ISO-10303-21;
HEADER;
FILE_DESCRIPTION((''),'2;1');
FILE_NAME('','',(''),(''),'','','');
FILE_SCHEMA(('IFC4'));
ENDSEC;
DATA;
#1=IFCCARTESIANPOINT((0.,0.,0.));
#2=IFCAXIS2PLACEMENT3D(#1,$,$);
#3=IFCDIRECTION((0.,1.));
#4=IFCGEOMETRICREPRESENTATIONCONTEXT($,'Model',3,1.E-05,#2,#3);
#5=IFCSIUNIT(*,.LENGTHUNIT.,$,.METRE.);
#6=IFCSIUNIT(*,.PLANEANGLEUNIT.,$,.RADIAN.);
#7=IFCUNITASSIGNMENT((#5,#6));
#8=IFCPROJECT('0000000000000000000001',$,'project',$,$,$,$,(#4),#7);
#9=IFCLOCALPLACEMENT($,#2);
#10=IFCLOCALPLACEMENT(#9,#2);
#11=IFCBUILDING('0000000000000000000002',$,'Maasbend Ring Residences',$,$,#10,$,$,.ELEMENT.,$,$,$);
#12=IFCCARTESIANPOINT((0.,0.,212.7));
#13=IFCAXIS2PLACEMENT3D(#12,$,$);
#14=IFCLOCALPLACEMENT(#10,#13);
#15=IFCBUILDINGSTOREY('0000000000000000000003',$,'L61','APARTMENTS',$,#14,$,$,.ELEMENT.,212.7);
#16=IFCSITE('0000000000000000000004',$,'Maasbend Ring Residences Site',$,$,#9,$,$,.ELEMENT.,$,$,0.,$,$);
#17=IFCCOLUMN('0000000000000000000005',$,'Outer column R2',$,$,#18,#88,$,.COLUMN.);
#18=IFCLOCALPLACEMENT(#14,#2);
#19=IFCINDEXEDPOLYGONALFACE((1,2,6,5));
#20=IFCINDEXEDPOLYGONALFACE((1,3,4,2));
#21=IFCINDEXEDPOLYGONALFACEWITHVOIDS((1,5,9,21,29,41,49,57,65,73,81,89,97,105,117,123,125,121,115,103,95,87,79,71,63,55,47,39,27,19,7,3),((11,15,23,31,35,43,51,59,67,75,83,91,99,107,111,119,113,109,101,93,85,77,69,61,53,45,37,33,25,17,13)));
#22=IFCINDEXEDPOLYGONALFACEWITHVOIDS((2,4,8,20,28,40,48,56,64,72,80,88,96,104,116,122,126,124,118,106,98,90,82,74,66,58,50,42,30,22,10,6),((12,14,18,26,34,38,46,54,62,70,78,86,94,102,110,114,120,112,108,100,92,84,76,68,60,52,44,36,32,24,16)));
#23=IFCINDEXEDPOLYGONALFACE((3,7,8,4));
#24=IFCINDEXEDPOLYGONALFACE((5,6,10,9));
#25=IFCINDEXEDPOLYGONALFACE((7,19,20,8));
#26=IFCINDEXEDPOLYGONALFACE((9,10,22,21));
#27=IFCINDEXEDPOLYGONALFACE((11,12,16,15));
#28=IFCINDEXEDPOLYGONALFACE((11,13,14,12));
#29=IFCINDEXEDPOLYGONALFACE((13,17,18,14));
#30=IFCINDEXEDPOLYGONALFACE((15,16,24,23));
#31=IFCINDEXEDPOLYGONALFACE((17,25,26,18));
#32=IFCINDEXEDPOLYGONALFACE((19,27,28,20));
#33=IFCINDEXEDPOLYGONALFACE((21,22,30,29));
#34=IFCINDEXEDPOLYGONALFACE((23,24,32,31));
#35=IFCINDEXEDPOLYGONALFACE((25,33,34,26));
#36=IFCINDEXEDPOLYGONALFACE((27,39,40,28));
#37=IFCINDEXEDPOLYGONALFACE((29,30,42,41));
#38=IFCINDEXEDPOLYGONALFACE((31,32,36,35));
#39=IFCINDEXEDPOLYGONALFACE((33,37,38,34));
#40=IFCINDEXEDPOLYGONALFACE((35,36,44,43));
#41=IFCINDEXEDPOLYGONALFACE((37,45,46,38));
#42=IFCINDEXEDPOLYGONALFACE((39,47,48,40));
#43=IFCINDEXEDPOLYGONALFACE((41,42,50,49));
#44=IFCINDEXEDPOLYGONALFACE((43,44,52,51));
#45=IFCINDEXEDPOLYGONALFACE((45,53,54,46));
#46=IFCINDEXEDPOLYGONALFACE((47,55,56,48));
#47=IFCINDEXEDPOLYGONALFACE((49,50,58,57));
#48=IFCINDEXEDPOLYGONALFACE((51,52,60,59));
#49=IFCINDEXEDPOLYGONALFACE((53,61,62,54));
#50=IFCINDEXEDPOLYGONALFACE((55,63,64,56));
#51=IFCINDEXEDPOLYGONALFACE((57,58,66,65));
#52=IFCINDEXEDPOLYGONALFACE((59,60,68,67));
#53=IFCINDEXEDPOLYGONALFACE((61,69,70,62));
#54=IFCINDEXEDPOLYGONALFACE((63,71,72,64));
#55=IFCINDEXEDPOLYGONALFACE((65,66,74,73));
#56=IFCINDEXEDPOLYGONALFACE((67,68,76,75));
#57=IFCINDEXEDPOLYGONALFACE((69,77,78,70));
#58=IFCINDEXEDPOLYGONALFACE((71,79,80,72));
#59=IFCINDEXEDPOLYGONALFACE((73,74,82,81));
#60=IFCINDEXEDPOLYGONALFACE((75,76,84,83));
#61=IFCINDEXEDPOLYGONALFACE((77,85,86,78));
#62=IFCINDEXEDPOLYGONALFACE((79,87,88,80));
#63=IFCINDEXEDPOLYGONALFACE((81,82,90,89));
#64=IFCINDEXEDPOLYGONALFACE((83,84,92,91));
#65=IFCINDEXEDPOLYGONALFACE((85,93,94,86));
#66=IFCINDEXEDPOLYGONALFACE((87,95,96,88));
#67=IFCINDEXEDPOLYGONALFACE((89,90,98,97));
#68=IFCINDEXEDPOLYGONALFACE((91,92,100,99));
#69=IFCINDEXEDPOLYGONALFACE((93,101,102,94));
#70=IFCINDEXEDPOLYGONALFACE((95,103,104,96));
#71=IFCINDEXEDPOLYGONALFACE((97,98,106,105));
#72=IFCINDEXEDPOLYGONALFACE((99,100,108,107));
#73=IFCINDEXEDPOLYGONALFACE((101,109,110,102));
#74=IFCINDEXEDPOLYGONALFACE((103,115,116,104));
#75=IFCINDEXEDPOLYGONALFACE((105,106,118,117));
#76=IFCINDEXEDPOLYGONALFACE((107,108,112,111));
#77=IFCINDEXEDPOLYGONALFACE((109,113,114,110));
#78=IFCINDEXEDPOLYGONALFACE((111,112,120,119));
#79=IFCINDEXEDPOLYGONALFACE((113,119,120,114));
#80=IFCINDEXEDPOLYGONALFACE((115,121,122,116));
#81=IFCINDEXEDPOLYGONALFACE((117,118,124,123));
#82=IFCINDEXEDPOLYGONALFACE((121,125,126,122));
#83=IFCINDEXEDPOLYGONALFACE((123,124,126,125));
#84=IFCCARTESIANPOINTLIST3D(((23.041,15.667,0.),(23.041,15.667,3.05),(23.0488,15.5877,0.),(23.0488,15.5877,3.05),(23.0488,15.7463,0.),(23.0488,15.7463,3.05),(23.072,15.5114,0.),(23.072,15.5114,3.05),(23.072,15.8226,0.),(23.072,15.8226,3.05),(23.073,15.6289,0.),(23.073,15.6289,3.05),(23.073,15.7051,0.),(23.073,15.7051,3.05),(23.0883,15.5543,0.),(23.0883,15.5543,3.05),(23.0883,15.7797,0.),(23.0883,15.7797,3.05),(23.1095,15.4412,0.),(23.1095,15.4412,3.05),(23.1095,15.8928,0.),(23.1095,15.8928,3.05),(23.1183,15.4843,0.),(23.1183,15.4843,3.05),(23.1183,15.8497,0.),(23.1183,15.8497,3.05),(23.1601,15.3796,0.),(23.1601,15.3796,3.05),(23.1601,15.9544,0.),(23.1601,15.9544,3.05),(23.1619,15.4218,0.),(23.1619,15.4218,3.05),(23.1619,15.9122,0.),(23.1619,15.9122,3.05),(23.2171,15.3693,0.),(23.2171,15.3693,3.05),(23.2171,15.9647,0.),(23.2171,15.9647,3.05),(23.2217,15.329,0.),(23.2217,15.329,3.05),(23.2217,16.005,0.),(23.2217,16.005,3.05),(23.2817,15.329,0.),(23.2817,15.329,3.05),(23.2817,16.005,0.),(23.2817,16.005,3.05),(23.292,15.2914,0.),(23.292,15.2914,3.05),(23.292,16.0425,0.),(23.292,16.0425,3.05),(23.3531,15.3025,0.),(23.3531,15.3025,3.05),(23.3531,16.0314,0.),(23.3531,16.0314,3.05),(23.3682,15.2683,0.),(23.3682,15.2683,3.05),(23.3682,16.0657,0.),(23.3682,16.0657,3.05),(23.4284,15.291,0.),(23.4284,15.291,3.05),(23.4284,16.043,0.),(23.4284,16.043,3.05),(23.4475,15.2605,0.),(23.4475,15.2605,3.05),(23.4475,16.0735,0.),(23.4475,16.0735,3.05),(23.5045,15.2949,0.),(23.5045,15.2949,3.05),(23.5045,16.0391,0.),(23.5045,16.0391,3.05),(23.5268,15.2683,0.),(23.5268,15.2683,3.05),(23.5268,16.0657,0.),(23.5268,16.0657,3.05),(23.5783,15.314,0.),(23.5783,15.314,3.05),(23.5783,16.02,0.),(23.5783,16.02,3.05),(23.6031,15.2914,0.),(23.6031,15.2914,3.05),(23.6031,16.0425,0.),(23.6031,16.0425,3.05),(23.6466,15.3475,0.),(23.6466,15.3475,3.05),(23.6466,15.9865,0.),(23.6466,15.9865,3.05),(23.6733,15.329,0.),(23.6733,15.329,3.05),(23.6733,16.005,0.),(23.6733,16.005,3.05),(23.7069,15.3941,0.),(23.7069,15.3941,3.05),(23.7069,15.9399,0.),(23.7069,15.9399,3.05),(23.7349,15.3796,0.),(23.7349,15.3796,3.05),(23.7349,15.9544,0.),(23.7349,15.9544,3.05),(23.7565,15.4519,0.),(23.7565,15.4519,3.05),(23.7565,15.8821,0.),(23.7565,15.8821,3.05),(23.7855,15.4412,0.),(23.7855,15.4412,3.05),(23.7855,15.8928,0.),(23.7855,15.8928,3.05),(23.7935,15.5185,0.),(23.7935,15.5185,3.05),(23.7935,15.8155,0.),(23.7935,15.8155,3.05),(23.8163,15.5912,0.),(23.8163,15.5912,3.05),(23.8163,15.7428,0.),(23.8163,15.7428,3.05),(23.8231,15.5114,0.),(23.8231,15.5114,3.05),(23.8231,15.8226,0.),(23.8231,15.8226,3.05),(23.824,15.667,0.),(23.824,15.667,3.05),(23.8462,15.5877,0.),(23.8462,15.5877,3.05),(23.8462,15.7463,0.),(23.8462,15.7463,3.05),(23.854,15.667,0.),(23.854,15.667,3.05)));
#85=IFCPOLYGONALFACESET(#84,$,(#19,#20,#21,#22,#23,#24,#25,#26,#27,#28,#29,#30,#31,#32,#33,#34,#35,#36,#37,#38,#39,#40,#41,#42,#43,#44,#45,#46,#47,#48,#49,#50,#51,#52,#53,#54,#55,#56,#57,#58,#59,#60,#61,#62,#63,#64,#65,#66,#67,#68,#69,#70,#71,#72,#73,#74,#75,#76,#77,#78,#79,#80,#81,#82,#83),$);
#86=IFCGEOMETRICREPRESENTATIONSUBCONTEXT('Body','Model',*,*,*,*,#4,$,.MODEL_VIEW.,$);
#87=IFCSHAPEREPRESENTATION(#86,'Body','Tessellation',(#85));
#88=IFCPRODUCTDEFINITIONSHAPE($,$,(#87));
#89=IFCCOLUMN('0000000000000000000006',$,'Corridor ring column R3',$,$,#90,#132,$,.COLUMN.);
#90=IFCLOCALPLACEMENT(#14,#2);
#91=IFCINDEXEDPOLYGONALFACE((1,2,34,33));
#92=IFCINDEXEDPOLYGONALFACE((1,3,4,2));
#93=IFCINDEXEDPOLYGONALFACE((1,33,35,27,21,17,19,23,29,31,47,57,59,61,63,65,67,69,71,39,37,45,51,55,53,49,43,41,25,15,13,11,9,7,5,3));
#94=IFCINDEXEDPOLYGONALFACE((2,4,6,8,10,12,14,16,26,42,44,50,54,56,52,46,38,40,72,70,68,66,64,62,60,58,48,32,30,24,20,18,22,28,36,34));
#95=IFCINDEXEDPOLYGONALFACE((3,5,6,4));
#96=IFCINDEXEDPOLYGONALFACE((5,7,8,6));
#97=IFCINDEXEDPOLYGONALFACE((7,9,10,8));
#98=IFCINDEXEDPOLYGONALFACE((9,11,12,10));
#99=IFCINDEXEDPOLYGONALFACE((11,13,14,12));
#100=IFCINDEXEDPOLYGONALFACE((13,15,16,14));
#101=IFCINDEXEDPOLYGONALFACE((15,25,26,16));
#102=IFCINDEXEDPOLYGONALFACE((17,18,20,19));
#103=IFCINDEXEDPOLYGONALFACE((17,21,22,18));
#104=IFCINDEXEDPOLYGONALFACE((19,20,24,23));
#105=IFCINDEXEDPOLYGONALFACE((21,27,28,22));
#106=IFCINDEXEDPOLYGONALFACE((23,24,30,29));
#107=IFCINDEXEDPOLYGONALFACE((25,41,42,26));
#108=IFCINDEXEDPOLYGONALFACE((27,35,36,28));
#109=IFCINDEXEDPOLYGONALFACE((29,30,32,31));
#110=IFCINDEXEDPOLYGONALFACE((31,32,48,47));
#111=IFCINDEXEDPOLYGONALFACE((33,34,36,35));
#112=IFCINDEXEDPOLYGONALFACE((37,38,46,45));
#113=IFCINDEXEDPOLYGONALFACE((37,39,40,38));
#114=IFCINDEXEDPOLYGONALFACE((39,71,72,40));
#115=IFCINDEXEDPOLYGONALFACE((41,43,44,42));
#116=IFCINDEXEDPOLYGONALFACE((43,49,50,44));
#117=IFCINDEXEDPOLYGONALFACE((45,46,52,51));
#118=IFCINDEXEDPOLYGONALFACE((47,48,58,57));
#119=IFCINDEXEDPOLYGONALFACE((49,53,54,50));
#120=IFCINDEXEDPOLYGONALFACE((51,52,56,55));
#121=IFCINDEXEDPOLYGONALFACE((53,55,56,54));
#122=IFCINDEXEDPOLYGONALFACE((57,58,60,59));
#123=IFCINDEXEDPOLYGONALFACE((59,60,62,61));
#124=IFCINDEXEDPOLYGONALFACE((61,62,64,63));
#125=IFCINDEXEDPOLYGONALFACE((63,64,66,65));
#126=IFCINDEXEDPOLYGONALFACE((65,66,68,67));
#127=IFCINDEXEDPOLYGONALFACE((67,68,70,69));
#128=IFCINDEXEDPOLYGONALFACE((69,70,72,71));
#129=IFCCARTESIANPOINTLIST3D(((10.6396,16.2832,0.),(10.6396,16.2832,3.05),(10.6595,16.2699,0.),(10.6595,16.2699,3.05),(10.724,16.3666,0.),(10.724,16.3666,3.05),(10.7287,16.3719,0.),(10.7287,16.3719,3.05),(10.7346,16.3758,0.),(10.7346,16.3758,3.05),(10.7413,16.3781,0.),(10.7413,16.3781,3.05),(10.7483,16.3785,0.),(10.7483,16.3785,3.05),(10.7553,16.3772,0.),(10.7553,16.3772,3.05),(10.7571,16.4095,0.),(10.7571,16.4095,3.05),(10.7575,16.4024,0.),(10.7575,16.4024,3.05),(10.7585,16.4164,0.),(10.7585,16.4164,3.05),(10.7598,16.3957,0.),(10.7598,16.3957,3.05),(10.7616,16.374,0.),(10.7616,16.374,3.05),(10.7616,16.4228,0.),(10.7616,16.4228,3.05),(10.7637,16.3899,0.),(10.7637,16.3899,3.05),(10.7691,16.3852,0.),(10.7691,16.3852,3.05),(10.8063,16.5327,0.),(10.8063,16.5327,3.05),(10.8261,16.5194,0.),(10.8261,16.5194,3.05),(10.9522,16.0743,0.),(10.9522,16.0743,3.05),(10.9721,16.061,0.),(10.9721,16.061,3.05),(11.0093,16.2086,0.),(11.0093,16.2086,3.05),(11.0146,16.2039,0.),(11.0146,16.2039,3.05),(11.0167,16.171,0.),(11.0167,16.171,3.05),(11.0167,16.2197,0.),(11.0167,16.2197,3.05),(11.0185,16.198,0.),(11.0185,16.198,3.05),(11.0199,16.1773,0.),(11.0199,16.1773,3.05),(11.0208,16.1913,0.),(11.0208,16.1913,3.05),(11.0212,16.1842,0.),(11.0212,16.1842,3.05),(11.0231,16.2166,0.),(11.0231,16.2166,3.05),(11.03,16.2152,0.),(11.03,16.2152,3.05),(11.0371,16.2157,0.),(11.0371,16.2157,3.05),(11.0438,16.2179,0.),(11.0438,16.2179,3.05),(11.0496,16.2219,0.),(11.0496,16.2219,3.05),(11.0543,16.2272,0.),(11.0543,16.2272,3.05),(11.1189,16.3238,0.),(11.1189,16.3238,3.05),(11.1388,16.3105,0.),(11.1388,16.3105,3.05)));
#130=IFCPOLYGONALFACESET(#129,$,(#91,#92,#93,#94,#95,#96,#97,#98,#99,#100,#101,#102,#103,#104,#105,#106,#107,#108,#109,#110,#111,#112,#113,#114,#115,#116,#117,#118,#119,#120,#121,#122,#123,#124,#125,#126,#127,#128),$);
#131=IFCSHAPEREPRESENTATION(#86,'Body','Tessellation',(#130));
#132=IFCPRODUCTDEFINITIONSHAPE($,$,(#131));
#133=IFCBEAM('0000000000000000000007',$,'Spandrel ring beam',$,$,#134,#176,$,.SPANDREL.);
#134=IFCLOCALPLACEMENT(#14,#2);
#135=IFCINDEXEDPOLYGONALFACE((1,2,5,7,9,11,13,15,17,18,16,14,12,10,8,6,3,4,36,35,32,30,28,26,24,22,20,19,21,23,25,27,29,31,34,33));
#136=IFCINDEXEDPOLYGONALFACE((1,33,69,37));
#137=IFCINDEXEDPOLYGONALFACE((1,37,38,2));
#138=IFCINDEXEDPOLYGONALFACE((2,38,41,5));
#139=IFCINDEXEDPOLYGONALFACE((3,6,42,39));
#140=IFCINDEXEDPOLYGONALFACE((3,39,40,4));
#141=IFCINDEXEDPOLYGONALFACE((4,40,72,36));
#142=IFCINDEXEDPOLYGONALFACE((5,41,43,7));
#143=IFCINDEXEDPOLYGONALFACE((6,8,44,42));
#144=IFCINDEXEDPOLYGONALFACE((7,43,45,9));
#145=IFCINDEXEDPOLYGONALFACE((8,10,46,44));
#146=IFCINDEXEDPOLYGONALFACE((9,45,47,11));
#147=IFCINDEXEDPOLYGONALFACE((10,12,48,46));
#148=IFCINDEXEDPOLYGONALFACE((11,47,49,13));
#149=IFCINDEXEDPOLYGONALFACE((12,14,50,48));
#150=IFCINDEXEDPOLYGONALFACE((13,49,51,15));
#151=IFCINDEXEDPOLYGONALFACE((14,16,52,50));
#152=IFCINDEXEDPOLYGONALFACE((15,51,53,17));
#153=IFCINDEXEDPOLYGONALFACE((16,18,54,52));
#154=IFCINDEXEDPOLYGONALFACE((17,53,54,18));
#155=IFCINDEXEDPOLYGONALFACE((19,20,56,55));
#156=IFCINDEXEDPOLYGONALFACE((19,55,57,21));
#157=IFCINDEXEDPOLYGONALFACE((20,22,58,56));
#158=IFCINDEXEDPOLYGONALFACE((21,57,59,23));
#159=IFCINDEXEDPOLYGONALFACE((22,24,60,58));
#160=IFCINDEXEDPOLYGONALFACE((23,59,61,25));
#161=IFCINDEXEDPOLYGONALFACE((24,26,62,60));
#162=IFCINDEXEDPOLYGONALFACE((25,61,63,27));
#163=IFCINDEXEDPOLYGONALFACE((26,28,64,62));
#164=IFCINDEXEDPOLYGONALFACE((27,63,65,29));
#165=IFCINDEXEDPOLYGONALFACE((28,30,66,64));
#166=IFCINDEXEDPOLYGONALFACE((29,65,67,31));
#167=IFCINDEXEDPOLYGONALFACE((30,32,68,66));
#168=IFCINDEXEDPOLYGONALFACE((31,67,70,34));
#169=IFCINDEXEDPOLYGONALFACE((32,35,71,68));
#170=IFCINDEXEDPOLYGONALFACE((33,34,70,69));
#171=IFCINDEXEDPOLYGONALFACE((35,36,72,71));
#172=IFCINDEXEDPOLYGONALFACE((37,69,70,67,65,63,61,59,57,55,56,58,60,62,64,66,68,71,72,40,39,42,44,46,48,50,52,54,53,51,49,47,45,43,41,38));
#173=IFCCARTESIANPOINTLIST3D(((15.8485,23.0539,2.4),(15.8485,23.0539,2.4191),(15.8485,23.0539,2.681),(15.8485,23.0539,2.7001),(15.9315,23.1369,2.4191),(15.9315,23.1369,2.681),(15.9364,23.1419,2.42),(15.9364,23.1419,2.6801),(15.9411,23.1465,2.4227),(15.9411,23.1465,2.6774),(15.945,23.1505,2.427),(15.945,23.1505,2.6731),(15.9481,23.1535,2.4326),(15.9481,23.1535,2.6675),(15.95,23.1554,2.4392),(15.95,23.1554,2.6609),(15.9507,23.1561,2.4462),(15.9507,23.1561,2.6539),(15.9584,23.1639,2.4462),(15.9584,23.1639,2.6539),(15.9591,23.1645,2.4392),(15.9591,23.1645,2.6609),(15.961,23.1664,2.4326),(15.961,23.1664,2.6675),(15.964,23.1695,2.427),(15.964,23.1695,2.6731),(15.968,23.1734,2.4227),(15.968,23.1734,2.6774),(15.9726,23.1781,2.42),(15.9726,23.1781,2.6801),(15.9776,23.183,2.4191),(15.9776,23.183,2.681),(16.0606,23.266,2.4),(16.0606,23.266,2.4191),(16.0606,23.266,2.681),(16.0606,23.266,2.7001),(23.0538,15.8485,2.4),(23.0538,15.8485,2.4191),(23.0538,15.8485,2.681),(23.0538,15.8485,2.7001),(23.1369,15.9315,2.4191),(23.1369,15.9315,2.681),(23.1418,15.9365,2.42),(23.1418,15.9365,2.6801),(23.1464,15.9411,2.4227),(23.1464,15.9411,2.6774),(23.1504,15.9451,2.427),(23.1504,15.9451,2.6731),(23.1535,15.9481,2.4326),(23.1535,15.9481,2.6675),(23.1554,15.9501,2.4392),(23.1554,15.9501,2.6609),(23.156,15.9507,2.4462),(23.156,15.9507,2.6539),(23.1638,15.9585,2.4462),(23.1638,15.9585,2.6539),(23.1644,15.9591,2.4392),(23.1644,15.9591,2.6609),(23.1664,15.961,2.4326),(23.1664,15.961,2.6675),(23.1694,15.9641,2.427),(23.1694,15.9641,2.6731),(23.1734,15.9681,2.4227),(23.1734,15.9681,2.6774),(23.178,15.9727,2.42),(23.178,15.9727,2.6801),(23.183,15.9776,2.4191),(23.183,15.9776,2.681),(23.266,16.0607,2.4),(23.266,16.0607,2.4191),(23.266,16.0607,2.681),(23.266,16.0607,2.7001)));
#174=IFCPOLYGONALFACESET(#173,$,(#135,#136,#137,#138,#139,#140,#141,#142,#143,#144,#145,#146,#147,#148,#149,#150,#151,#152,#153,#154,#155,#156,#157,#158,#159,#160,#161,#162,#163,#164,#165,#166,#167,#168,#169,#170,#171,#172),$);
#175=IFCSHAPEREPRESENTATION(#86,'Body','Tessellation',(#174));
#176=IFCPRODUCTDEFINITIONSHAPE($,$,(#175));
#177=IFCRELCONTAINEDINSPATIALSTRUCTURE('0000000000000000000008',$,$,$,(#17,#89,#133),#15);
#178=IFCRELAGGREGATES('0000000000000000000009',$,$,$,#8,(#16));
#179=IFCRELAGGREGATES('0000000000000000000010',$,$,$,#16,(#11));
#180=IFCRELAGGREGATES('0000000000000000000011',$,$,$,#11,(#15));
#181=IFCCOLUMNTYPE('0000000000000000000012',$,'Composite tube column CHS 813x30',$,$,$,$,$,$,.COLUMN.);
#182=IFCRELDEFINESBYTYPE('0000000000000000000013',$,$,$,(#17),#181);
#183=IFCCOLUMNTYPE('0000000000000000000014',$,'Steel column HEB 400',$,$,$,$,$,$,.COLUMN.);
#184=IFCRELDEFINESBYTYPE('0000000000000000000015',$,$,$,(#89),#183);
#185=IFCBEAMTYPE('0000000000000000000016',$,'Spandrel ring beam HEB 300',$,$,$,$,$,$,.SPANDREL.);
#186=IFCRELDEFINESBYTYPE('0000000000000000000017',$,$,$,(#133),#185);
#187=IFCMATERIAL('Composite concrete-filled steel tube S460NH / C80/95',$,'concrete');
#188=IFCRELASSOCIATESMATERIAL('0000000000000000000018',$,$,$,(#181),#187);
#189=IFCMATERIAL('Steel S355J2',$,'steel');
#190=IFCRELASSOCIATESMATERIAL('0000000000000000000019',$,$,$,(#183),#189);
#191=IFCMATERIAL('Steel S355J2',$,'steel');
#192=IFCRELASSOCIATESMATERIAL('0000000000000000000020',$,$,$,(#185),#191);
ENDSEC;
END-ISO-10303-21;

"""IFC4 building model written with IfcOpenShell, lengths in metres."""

from ifc_helpers import new_model, si_unit, direction, frame, origin, origin_2d, place, context, subcontext, project, spatial, hollow_circle, i_section, extrude, material, material_profile, profile_set, type_object, element, save


model = new_model("IFC4")

# Units and contexts
model_context = context("Model", 3, precision=1e-05, world=origin(), true_north=direction((0.0, 1.0)))
body_context = subcontext(model_context, "Body", "Model", "MODEL_VIEW")
ifc_project = project(units=[si_unit("LENGTHUNIT", "METRE"), si_unit("PLANEANGLEUNIT", "RADIAN")], contexts=[model_context])

# Site, building, storey
site_placement = place(None, origin())
site = spatial("IfcSite", under=ifc_project, at=site_placement, Name="Maasbend Ring Residences Site", CompositionType="ELEMENT", RefElevation=0.0)
building_placement = place(site_placement, origin())
building = spatial("IfcBuilding", under=site, at=building_placement, Name="Maasbend Ring Residences", CompositionType="ELEMENT")
storey_placement = place(building_placement, frame((0.0, 0.0, 212.7)))
storey = spatial("IfcBuildingStorey", under=building, at=storey_placement, Name="L61", Description="APARTMENTS", CompositionType="ELEMENT", Elevation=212.7)

# Columns
ifc_material_1 = material(Name="Composite concrete-filled steel tube S460NH / C80/95", Category="concrete")
ifc_material_profile_1 = material_profile(ifc_material_1, hollow_circle(Radius=0.4065, WallThickness=0.03, at=origin_2d()), Name="Composite tube column CHS 813x30")
ifc_profile_set_1 = profile_set([ifc_material_profile_1], Name="Composite concrete-filled steel tube S460NH / C80/95")
column_type_1 = type_object("IfcColumnType", Name="Composite tube column CHS 813x30", PredefinedType="COLUMN", material=ifc_profile_set_1)
column_1_placement = place(storey_placement, frame((23.4475, 15.667, 0.0), z_axis=(0.0, 0.0, 1.0), x_axis=(1.0, 0.0, 0.0)))
element("IfcColumn", 1, at=column_1_placement, inside=storey, type_object=column_type_1, Name="Outer column R2", PredefinedType="COLUMN", context=body_context, shape_type="SweptSolid", body=[
    extrude(hollow_circle(Radius=0.4065, WallThickness=0.03, at=origin_2d()), origin(), (0.0, 0.0, 1.0), 3.05),
])
ifc_material_2 = material(Name="Steel S355J2", Category="steel")
ifc_material_profile_2 = material_profile(ifc_material_2, i_section(OverallWidth=0.3, OverallDepth=0.3999, WebThickness=0.0134, FlangeThickness=0.0239, FilletRadius=0.0271, at=origin_2d()), Name="HEB 400")
ifc_profile_set_2 = profile_set([ifc_material_profile_2], Name="Steel S355J2")
column_type_2 = type_object("IfcColumnType", Name="Steel column HEB 400", PredefinedType="COLUMN", material=ifc_profile_set_2)
column_2_placement = place(storey_placement, frame((10.8892, 16.2969, 0.0), z_axis=(0.0, 0.0, 1.0), x_axis=(0.55557, 0.83147, 0.0)))
element("IfcColumn", 2, at=column_2_placement, inside=storey, type_object=column_type_2, Name="Corridor ring column R3", PredefinedType="COLUMN", context=body_context, shape_type="SweptSolid", body=[
    extrude(i_section(OverallWidth=0.3, OverallDepth=0.3999, WebThickness=0.0134, FlangeThickness=0.0239, FilletRadius=0.0271, at=origin_2d()), origin(), (0.0, 0.0, 1.0), 3.05),
])

# Beam
ifc_material_3 = material(Name="Steel S355J2", Category="steel")
ifc_material_profile_3 = material_profile(ifc_material_3, i_section(OverallWidth=0.3, OverallDepth=0.3, WebThickness=0.011, FlangeThickness=0.019, FilletRadius=0.0271, at=origin_2d()), Name="HEB 300")
ifc_profile_set_3 = profile_set([ifc_material_profile_3], Name="Steel S355J2")
beam_type = type_object("IfcBeamType", Name="Spandrel ring beam HEB 300", PredefinedType="SPANDREL", material=ifc_profile_set_3)
beam_placement = place(storey_placement, frame((23.1599, 15.9546, 2.55), z_axis=(-0.707107, 0.707107, 0.0), x_axis=(-0.707107, -0.707107, 0.0)))
element("IfcBeam", 3, at=beam_placement, inside=storey, type_object=beam_type, Name="Spandrel ring beam", PredefinedType="SPANDREL", context=body_context, shape_type="SweptSolid", body=[
    extrude(i_section(OverallWidth=0.3, OverallDepth=0.3, WebThickness=0.011, FlangeThickness=0.019, FilletRadius=0.0271, at=origin_2d()), origin(), (0.0, 0.0, 1.0), 10.1899),
])

save(model, "model.ifc")
